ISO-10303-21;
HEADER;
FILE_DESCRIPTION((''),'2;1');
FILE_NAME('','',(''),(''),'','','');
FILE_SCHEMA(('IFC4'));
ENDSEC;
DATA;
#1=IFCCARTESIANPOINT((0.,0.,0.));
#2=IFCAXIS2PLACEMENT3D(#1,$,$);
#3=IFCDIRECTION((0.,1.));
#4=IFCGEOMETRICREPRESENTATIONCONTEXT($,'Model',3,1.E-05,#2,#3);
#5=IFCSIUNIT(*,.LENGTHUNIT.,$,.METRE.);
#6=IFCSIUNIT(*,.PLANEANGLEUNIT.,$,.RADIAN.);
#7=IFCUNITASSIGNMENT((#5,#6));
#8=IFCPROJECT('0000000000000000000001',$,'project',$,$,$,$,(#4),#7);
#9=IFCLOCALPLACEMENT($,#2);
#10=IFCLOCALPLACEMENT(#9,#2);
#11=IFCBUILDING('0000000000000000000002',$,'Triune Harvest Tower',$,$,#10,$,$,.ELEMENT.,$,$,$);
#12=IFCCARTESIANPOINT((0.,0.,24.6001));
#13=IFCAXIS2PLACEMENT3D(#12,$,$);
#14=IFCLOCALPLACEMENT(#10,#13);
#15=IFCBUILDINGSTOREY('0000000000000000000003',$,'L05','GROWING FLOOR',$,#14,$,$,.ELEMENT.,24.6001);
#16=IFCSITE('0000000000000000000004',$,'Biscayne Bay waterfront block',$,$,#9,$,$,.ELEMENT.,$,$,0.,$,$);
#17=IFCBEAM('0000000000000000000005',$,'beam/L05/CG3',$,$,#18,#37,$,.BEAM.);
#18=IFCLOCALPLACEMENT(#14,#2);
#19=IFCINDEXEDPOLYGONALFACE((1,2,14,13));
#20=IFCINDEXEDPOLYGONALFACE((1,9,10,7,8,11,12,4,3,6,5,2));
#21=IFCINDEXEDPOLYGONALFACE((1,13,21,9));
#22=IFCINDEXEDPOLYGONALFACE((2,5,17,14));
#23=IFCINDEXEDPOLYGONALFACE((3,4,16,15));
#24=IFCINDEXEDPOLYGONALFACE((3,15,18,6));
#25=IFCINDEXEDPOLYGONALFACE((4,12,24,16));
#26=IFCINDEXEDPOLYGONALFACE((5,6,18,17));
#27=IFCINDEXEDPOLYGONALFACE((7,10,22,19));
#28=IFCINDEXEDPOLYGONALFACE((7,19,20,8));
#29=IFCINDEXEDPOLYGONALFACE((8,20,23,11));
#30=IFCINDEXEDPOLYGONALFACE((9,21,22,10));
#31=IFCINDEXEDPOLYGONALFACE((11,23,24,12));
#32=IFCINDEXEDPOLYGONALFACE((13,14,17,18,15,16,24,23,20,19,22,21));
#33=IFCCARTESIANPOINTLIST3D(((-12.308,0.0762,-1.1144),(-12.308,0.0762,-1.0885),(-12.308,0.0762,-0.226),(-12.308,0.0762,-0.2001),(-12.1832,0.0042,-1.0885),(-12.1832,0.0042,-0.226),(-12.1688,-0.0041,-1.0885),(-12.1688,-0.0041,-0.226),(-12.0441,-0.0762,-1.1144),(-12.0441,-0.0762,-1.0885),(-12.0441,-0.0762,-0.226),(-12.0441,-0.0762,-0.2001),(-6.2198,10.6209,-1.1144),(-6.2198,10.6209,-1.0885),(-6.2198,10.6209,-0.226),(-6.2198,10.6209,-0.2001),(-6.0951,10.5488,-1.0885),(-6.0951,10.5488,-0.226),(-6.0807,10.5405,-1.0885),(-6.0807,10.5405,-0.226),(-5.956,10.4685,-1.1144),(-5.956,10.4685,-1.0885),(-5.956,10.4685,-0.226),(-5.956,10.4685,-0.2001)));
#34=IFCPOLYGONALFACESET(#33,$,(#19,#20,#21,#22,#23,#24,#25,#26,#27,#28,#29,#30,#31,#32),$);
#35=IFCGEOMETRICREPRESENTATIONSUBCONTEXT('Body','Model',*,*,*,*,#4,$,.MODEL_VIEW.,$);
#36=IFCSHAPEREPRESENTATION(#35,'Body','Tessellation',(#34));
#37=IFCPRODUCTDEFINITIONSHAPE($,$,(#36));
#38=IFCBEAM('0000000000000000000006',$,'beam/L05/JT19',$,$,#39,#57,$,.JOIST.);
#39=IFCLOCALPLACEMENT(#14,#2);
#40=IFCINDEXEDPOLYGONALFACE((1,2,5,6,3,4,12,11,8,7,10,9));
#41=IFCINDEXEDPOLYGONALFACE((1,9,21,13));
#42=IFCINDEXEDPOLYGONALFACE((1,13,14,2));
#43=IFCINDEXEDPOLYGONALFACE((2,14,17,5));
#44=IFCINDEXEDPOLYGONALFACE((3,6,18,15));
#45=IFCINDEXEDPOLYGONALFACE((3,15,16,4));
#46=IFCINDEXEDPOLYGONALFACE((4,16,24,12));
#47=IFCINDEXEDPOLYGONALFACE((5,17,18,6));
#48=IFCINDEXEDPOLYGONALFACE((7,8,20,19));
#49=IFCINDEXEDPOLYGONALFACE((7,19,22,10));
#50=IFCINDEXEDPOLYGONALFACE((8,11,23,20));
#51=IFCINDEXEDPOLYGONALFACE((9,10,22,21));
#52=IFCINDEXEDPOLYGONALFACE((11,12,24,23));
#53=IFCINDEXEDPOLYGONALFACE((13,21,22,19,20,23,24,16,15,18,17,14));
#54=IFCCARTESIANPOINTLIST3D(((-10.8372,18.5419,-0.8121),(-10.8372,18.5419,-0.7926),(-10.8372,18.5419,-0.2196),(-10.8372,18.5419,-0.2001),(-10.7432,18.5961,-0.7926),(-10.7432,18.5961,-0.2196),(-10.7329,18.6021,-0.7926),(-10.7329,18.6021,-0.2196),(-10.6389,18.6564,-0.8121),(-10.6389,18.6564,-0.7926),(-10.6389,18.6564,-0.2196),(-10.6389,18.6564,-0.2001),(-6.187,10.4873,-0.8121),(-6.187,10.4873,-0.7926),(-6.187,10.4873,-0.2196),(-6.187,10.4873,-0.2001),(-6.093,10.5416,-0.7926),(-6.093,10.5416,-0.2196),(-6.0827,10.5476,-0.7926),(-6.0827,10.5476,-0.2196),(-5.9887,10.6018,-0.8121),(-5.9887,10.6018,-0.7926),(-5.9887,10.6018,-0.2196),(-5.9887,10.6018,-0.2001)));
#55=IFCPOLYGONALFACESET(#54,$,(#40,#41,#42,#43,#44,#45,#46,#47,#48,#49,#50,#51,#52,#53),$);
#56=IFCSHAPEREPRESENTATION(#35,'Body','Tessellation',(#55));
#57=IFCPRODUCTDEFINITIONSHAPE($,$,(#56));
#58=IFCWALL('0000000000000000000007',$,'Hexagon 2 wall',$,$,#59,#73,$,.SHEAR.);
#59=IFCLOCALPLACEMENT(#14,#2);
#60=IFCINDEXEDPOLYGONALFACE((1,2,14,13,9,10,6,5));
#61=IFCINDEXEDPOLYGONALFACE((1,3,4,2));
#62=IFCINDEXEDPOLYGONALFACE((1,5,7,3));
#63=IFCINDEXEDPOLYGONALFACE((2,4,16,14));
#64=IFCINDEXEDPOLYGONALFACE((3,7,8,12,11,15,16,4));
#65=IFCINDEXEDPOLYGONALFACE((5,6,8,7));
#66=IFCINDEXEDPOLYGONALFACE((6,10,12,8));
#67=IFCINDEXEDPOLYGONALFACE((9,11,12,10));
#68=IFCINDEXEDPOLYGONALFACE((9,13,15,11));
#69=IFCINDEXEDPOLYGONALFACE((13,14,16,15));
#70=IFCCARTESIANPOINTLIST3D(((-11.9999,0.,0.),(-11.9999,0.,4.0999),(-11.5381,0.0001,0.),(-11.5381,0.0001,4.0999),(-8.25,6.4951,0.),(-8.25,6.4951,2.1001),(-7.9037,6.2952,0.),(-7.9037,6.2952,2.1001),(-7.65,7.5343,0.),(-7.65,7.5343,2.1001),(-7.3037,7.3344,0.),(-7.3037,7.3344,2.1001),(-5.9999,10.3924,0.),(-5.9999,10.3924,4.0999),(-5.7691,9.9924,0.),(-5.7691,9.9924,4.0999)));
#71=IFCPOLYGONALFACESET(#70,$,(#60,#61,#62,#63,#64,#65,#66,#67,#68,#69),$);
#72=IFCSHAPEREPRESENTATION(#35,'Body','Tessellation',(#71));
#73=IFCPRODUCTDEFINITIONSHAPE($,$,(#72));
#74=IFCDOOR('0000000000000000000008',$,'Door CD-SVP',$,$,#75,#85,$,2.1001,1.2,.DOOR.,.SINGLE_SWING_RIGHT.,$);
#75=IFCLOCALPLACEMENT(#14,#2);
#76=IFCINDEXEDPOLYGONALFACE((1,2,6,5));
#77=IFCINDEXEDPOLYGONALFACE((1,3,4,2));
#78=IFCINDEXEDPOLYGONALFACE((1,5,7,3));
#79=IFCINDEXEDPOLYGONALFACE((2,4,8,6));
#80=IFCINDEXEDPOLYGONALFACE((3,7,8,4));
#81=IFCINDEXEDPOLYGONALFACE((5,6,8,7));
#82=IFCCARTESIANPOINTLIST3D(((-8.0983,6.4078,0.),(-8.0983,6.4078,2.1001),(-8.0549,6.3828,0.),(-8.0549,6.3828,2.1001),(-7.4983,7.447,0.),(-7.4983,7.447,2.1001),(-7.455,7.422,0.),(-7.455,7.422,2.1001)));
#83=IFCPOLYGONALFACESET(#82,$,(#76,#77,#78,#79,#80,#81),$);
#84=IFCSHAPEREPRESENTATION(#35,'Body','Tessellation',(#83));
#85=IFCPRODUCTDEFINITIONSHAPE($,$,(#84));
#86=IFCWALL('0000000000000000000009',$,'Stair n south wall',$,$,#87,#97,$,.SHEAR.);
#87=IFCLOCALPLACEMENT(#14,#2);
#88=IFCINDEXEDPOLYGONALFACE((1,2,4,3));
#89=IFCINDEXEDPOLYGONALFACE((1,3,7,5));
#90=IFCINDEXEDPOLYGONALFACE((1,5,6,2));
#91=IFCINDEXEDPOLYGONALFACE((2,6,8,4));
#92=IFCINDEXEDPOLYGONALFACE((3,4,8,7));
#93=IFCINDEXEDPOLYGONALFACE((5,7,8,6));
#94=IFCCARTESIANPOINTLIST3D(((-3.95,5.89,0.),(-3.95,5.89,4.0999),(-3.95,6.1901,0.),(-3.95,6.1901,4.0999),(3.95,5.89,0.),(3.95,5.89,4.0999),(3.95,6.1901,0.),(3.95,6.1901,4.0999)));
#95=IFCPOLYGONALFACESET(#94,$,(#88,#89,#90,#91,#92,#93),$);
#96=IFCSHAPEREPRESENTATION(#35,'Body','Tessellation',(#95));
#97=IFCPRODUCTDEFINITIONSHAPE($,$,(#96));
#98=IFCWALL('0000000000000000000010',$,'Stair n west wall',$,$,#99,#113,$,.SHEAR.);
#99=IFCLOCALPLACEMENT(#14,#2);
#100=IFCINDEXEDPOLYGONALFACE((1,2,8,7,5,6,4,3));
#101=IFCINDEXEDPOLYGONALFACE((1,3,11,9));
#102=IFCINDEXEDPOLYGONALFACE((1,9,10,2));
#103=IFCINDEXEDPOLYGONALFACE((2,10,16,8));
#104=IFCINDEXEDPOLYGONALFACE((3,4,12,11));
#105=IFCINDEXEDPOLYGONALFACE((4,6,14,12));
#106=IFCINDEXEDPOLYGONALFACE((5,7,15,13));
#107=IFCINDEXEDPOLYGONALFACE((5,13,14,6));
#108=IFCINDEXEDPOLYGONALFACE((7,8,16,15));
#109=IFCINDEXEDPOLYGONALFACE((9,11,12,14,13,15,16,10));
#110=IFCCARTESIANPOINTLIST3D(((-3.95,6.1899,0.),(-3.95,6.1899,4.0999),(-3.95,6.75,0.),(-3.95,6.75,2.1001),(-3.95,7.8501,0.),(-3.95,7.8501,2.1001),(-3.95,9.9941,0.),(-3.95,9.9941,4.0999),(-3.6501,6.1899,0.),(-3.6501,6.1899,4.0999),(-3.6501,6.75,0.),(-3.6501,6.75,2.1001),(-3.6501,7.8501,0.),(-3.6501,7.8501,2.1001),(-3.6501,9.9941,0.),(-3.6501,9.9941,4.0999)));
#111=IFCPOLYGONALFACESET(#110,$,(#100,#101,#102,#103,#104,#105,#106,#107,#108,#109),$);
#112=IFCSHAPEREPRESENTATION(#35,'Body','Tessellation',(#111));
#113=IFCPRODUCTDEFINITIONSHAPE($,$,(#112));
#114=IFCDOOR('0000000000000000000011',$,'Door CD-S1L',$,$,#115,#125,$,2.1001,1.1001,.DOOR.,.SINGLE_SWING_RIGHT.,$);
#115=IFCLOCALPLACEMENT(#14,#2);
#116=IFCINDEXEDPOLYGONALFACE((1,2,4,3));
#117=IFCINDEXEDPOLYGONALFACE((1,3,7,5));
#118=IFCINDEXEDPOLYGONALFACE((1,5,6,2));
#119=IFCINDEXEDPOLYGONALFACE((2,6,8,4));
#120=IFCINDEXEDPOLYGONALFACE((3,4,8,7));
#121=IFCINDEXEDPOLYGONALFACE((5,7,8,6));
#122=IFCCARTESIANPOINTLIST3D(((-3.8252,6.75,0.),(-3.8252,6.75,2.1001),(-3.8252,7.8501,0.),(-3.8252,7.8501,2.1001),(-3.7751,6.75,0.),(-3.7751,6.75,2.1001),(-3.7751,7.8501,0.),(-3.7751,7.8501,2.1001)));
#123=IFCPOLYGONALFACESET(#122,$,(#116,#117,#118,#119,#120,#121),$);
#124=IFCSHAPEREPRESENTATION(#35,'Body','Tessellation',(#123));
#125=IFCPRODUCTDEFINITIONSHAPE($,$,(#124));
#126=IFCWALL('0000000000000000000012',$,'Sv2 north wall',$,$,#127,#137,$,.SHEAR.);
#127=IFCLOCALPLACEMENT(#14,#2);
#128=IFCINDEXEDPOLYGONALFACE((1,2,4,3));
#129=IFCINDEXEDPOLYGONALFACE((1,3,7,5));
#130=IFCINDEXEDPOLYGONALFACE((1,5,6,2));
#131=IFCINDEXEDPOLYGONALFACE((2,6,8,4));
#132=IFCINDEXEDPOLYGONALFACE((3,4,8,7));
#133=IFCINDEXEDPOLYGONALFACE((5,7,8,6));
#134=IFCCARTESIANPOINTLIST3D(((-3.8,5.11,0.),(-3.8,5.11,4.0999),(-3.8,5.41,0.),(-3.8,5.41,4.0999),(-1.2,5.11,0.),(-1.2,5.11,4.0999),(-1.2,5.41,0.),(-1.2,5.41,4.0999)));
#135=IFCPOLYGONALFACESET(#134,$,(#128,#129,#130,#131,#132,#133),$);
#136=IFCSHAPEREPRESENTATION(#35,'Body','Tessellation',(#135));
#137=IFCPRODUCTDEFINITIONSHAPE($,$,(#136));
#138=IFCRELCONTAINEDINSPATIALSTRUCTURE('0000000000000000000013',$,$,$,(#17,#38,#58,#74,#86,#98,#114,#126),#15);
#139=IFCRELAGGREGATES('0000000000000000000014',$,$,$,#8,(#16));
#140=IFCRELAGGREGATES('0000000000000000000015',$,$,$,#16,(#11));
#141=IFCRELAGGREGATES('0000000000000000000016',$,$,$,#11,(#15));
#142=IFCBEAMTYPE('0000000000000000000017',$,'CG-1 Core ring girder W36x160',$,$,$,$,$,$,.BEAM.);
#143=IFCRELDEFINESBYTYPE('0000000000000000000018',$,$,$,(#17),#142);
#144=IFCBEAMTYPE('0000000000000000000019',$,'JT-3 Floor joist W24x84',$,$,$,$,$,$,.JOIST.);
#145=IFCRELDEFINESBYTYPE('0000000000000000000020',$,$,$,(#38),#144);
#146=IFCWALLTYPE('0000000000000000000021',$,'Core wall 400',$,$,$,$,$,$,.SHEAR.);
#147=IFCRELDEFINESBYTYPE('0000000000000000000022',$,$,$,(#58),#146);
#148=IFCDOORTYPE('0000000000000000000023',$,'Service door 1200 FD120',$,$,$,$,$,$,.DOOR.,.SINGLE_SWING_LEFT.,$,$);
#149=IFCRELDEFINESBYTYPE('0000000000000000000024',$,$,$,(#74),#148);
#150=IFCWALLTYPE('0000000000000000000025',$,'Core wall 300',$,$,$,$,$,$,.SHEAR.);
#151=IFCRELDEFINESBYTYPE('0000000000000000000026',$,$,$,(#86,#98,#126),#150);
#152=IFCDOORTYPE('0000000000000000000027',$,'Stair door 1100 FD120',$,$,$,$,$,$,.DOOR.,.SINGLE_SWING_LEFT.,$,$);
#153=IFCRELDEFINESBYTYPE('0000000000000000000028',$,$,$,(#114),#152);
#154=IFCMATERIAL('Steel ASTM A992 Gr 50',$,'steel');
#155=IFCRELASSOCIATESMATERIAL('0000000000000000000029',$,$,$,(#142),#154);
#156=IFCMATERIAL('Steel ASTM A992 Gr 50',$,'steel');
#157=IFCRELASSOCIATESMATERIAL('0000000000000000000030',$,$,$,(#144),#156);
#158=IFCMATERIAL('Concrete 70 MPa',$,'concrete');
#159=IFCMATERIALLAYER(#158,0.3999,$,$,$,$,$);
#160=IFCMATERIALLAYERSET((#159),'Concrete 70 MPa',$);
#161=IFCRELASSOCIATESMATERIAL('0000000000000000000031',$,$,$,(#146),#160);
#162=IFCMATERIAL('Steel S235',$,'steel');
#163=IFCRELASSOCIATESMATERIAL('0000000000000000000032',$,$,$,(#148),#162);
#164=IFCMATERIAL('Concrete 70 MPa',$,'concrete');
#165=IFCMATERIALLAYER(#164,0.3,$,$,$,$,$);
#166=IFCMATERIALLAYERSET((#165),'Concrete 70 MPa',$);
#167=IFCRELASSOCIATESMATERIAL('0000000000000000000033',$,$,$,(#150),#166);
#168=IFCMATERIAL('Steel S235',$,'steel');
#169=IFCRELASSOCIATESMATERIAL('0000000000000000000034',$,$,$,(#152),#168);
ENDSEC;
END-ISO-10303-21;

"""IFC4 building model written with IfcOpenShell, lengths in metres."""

from ifc_helpers import new_model, si_unit, direction, frame, frame_2d, origin, origin_2d, place, context, subcontext, project, spatial, polyline, rectangle, i_section, outline, extrude, source, transform, mapped, material, layer, layer_set, material_profile, profile_set, type_object, element, fill, save


model = new_model("IFC4")

# Units and contexts
model_context = context("Model", 3, precision=1e-05, world=origin(), true_north=direction((0.0, 1.0)))
body_context = subcontext(model_context, "Body", "Model", "MODEL_VIEW")
ifc_project = project(units=[si_unit("LENGTHUNIT", "METRE"), si_unit("PLANEANGLEUNIT", "RADIAN")], contexts=[model_context])

# Site, building, storey
site_placement = place(None, origin())
site = spatial("IfcSite", under=ifc_project, at=site_placement, Name="Biscayne Bay waterfront block", CompositionType="ELEMENT", RefElevation=0.0)
building_placement = place(site_placement, origin())
building = spatial("IfcBuilding", under=site, at=building_placement, Name="Triune Harvest Tower", CompositionType="ELEMENT")
storey_placement = place(building_placement, frame((0.0, 0.0, 24.6001)))
storey = spatial("IfcBuildingStorey", under=building, at=storey_placement, Name="L05", Description="GROWING FLOOR", CompositionType="ELEMENT", Elevation=24.6001)

# Beams
ifc_material_1 = material(Name="Steel ASTM A992 Gr 50", Category="steel")
ifc_material_profile_1 = material_profile(ifc_material_1, i_section(OverallWidth=0.3047, OverallDepth=0.9143, WebThickness=0.0166, FlangeThickness=0.0259, at=origin_2d()), Name="W36x160")
ifc_profile_set_1 = profile_set([ifc_material_profile_1], Name="Steel ASTM A992 Gr 50")
beam_type_1 = type_object("IfcBeamType", Name="CG-1 Core ring girder W36x160", PredefinedType="BEAM", material=ifc_profile_set_1)
shared_shape_1 = source(origin(), body_context, "Body", "SweptSolid", [
    extrude(i_section(OverallWidth=0.3047, OverallDepth=0.9143, WebThickness=0.0166, FlangeThickness=0.0259, at=origin_2d()), origin(), (0.0, 0.0, 1.0), 12.176),
])
beam_1_placement = place(storey_placement, frame((-6.0879, 10.5447, -0.6572), z_axis=(-0.50001, -0.86602, 0.0), x_axis=(0.86602, -0.50001, 0.0)))
element("IfcBeam", 1, at=beam_1_placement, inside=storey, type_object=beam_type_1, Name="beam/L05/CG3", PredefinedType="BEAM", context=body_context, shape_type="MappedRepresentation", body=[
    mapped(shared_shape_1, transform((0.0, 0.0, 0.0), scale=1.0)),
])
ifc_material_2 = material(Name="Steel ASTM A992 Gr 50", Category="steel")
ifc_material_profile_2 = material_profile(ifc_material_2, i_section(OverallWidth=0.229, OverallDepth=0.6121, WebThickness=0.012, FlangeThickness=0.0195, at=origin_2d()), Name="W24x84")
ifc_profile_set_2 = profile_set([ifc_material_profile_2], Name="Steel ASTM A992 Gr 50")
beam_type_2 = type_object("IfcBeamType", Name="JT-3 Floor joist W24x84", PredefinedType="JOIST", material=ifc_profile_set_2)
shared_shape_2 = source(origin(), body_context, "Body", "SweptSolid", [
    extrude(i_section(OverallWidth=0.229, OverallDepth=0.6121, WebThickness=0.012, FlangeThickness=0.0195, at=origin_2d()), origin(), (0.0, 0.0, 1.0), 9.3005),
])
beam_2_placement = place(storey_placement, frame((-10.738, 18.5991, -0.5061), z_axis=(0.499993, -0.86603, 0.0), x_axis=(0.86603, 0.499993, 0.0)))
element("IfcBeam", 2, at=beam_2_placement, inside=storey, type_object=beam_type_2, Name="beam/L05/JT19", PredefinedType="JOIST", context=body_context, shape_type="MappedRepresentation", body=[
    mapped(shared_shape_2, transform((0.0, 0.0, 0.0), scale=1.0)),
])

# Wall, opening, door
ifc_material_3 = material(Name="Concrete 70 MPa", Category="concrete")
ifc_layer_1 = layer(ifc_material_3, 0.3999)
ifc_layer_set_1 = layer_set([ifc_layer_1], Name="Concrete 70 MPa")
wall_type_1 = type_object("IfcWallType", Name="Core wall 400", PredefinedType="SHEAR", material=ifc_layer_set_1)
shared_shape_3 = source(origin(), body_context, "Body", "SweptSolid", [
    extrude(outline(polyline([(-0.1155, -0.2), (11.8845, -0.2), (11.6536, 0.2), (0.1155, 0.2), (-0.1155, -0.2)])), origin(), (0.0, 0.0, 1.0), 4.0999),
])
wall_1_placement = place(storey_placement, frame((-5.8845, 10.1924, 0.0), z_axis=(0.0, 0.0, 1.0), x_axis=(-0.499997, -0.866027, 0.0)))
wall_1 = element("IfcWall", 3, at=wall_1_placement, inside=storey, type_object=wall_type_1, Name="Hexagon 2 wall", PredefinedType="SHEAR", context=body_context, shape_type="MappedRepresentation", body=[
    mapped(shared_shape_3, transform((0.0, 0.0, 0.0), scale=1.0)),
])
opening_1_placement = place(wall_1_placement, frame((3.1846, 0.0, 0.0)))
opening_1 = element("IfcOpeningElement", 4, at=opening_1_placement, cuts=wall_1, PredefinedType="OPENING", context=body_context, shape_type="SweptSolid", body=[
    extrude(rectangle(XDim=1.2, YDim=2.1001, at=frame_2d((0.6001, 1.05))), frame((0.0, 0.21, 0.0), z_axis=(0.0, -1.0, 0.0), x_axis=(1.0, 0.0, 0.0)), (0.0, 0.0, 1.0), 0.4199),
])
ifc_material_4 = material(Name="Steel S235", Category="steel")
door_type_1 = type_object("IfcDoorType", Name="Service door 1200 FD120", OperationType="SINGLE_SWING_LEFT", PredefinedType="DOOR", material=ifc_material_4)
door_1_placement = place(opening_1_placement, frame((1.2, 0.0, 0.0), z_axis=(0.0, 0.0, 1.0), x_axis=(-1.0, 0.0, 0.0)))
door_1 = element("IfcDoor", 5, at=door_1_placement, inside=storey, type_object=door_type_1, Name="Door CD-SVP", OperationType="SINGLE_SWING_RIGHT", OverallHeight=2.1001, OverallWidth=1.2, PredefinedType="DOOR", context=body_context, shape_type="SweptSolid", body=[
    extrude(rectangle(XDim=1.2, YDim=2.1001, at=frame_2d((0.6001, 1.05))), frame((0.0, 0.0249, 0.0), z_axis=(0.0, -1.0, 0.0), x_axis=(1.0, 0.0, 0.0)), (0.0, 0.0, 1.0), 0.05),
])
fill(opening_1, door_1)

# Wall
ifc_material_5 = material(Name="Concrete 70 MPa", Category="concrete")
ifc_layer_2 = layer(ifc_material_5, 0.3)
ifc_layer_set_2 = layer_set([ifc_layer_2], Name="Concrete 70 MPa")
wall_type_2 = type_object("IfcWallType", Name="Core wall 300", PredefinedType="SHEAR", material=ifc_layer_set_2)
shared_shape_4 = source(origin(), body_context, "Body", "SweptSolid", [
    extrude(rectangle(XDim=7.8999, YDim=0.3, at=frame_2d((3.95, 0.0))), origin(), (0.0, 0.0, 1.0), 4.0999),
])
wall_2_placement = place(storey_placement, frame((-3.95, 6.04, 0.0), z_axis=(0.0, 0.0, 1.0), x_axis=(1.0, 0.0, 0.0)))
element("IfcWall", 6, at=wall_2_placement, inside=storey, type_object=wall_type_2, Name="Stair n south wall", PredefinedType="SHEAR", context=body_context, shape_type="MappedRepresentation", body=[
    mapped(shared_shape_4, transform((0.0, 0.0, 0.0), scale=1.0)),
])

# Wall, opening, door
shared_shape_5 = source(origin(), body_context, "Body", "SweptSolid", [
    extrude(outline(polyline([(0.0, -0.1499), (0.0, 0.1499), (3.8042, 0.1499), (3.8042, -0.1499), (0.0, -0.1499)])), origin(), (0.0, 0.0, 1.0), 4.0999),
])
wall_3_placement = place(storey_placement, frame((-3.8, 6.1899, 0.0), z_axis=(0.0, 0.0, 1.0), x_axis=(0.0, 1.0, 0.0)))
wall_3 = element("IfcWall", 7, at=wall_3_placement, inside=storey, type_object=wall_type_2, Name="Stair n west wall", PredefinedType="SHEAR", context=body_context, shape_type="MappedRepresentation", body=[
    mapped(shared_shape_5, transform((0.0, 0.0, 0.0), scale=1.0)),
])
opening_2_placement = place(wall_3_placement, frame((0.5601, 0.0, 0.0)))
opening_2 = element("IfcOpeningElement", 8, at=opening_2_placement, cuts=wall_3, PredefinedType="OPENING", context=body_context, shape_type="SweptSolid", body=[
    extrude(rectangle(XDim=1.1001, YDim=2.1001, at=frame_2d((0.55, 1.05))), frame((0.0, 0.1602, 0.0), z_axis=(0.0, -1.0, 0.0), x_axis=(1.0, 0.0, 0.0)), (0.0, 0.0, 1.0), 0.3201),
])
ifc_material_6 = material(Name="Steel S235", Category="steel")
door_type_2 = type_object("IfcDoorType", Name="Stair door 1100 FD120", OperationType="SINGLE_SWING_LEFT", PredefinedType="DOOR", material=ifc_material_6)
door_2_placement = place(opening_2_placement, frame((1.1001, 0.0, 0.0), z_axis=(0.0, 0.0, 1.0), x_axis=(-1.0, 0.0, 0.0)))
door_2 = element("IfcDoor", 9, at=door_2_placement, inside=storey, type_object=door_type_2, Name="Door CD-S1L", OperationType="SINGLE_SWING_RIGHT", OverallHeight=2.1001, OverallWidth=1.1001, PredefinedType="DOOR", context=body_context, shape_type="SweptSolid", body=[
    extrude(rectangle(XDim=1.1001, YDim=2.1001, at=frame_2d((0.55, 1.05))), frame((0.0, 0.0249, 0.0), z_axis=(0.0, -1.0, 0.0), x_axis=(1.0, 0.0, 0.0)), (0.0, 0.0, 1.0), 0.05),
])
fill(opening_2, door_2)

# Wall
shared_shape_6 = source(origin(), body_context, "Body", "SweptSolid", [
    extrude(rectangle(XDim=2.6001, YDim=0.3, at=frame_2d((1.3, 0.0))), origin(), (0.0, 0.0, 1.0), 4.0999),
])
wall_4_placement = place(storey_placement, frame((-3.8, 5.26, 0.0), z_axis=(0.0, 0.0, 1.0), x_axis=(1.0, 0.0, 0.0)))
element("IfcWall", 10, at=wall_4_placement, inside=storey, type_object=wall_type_2, Name="Sv2 north wall", PredefinedType="SHEAR", context=body_context, shape_type="MappedRepresentation", body=[
    mapped(shared_shape_6, transform((0.0, 0.0, 0.0), scale=1.0)),
])

save(model, "model.ifc")
